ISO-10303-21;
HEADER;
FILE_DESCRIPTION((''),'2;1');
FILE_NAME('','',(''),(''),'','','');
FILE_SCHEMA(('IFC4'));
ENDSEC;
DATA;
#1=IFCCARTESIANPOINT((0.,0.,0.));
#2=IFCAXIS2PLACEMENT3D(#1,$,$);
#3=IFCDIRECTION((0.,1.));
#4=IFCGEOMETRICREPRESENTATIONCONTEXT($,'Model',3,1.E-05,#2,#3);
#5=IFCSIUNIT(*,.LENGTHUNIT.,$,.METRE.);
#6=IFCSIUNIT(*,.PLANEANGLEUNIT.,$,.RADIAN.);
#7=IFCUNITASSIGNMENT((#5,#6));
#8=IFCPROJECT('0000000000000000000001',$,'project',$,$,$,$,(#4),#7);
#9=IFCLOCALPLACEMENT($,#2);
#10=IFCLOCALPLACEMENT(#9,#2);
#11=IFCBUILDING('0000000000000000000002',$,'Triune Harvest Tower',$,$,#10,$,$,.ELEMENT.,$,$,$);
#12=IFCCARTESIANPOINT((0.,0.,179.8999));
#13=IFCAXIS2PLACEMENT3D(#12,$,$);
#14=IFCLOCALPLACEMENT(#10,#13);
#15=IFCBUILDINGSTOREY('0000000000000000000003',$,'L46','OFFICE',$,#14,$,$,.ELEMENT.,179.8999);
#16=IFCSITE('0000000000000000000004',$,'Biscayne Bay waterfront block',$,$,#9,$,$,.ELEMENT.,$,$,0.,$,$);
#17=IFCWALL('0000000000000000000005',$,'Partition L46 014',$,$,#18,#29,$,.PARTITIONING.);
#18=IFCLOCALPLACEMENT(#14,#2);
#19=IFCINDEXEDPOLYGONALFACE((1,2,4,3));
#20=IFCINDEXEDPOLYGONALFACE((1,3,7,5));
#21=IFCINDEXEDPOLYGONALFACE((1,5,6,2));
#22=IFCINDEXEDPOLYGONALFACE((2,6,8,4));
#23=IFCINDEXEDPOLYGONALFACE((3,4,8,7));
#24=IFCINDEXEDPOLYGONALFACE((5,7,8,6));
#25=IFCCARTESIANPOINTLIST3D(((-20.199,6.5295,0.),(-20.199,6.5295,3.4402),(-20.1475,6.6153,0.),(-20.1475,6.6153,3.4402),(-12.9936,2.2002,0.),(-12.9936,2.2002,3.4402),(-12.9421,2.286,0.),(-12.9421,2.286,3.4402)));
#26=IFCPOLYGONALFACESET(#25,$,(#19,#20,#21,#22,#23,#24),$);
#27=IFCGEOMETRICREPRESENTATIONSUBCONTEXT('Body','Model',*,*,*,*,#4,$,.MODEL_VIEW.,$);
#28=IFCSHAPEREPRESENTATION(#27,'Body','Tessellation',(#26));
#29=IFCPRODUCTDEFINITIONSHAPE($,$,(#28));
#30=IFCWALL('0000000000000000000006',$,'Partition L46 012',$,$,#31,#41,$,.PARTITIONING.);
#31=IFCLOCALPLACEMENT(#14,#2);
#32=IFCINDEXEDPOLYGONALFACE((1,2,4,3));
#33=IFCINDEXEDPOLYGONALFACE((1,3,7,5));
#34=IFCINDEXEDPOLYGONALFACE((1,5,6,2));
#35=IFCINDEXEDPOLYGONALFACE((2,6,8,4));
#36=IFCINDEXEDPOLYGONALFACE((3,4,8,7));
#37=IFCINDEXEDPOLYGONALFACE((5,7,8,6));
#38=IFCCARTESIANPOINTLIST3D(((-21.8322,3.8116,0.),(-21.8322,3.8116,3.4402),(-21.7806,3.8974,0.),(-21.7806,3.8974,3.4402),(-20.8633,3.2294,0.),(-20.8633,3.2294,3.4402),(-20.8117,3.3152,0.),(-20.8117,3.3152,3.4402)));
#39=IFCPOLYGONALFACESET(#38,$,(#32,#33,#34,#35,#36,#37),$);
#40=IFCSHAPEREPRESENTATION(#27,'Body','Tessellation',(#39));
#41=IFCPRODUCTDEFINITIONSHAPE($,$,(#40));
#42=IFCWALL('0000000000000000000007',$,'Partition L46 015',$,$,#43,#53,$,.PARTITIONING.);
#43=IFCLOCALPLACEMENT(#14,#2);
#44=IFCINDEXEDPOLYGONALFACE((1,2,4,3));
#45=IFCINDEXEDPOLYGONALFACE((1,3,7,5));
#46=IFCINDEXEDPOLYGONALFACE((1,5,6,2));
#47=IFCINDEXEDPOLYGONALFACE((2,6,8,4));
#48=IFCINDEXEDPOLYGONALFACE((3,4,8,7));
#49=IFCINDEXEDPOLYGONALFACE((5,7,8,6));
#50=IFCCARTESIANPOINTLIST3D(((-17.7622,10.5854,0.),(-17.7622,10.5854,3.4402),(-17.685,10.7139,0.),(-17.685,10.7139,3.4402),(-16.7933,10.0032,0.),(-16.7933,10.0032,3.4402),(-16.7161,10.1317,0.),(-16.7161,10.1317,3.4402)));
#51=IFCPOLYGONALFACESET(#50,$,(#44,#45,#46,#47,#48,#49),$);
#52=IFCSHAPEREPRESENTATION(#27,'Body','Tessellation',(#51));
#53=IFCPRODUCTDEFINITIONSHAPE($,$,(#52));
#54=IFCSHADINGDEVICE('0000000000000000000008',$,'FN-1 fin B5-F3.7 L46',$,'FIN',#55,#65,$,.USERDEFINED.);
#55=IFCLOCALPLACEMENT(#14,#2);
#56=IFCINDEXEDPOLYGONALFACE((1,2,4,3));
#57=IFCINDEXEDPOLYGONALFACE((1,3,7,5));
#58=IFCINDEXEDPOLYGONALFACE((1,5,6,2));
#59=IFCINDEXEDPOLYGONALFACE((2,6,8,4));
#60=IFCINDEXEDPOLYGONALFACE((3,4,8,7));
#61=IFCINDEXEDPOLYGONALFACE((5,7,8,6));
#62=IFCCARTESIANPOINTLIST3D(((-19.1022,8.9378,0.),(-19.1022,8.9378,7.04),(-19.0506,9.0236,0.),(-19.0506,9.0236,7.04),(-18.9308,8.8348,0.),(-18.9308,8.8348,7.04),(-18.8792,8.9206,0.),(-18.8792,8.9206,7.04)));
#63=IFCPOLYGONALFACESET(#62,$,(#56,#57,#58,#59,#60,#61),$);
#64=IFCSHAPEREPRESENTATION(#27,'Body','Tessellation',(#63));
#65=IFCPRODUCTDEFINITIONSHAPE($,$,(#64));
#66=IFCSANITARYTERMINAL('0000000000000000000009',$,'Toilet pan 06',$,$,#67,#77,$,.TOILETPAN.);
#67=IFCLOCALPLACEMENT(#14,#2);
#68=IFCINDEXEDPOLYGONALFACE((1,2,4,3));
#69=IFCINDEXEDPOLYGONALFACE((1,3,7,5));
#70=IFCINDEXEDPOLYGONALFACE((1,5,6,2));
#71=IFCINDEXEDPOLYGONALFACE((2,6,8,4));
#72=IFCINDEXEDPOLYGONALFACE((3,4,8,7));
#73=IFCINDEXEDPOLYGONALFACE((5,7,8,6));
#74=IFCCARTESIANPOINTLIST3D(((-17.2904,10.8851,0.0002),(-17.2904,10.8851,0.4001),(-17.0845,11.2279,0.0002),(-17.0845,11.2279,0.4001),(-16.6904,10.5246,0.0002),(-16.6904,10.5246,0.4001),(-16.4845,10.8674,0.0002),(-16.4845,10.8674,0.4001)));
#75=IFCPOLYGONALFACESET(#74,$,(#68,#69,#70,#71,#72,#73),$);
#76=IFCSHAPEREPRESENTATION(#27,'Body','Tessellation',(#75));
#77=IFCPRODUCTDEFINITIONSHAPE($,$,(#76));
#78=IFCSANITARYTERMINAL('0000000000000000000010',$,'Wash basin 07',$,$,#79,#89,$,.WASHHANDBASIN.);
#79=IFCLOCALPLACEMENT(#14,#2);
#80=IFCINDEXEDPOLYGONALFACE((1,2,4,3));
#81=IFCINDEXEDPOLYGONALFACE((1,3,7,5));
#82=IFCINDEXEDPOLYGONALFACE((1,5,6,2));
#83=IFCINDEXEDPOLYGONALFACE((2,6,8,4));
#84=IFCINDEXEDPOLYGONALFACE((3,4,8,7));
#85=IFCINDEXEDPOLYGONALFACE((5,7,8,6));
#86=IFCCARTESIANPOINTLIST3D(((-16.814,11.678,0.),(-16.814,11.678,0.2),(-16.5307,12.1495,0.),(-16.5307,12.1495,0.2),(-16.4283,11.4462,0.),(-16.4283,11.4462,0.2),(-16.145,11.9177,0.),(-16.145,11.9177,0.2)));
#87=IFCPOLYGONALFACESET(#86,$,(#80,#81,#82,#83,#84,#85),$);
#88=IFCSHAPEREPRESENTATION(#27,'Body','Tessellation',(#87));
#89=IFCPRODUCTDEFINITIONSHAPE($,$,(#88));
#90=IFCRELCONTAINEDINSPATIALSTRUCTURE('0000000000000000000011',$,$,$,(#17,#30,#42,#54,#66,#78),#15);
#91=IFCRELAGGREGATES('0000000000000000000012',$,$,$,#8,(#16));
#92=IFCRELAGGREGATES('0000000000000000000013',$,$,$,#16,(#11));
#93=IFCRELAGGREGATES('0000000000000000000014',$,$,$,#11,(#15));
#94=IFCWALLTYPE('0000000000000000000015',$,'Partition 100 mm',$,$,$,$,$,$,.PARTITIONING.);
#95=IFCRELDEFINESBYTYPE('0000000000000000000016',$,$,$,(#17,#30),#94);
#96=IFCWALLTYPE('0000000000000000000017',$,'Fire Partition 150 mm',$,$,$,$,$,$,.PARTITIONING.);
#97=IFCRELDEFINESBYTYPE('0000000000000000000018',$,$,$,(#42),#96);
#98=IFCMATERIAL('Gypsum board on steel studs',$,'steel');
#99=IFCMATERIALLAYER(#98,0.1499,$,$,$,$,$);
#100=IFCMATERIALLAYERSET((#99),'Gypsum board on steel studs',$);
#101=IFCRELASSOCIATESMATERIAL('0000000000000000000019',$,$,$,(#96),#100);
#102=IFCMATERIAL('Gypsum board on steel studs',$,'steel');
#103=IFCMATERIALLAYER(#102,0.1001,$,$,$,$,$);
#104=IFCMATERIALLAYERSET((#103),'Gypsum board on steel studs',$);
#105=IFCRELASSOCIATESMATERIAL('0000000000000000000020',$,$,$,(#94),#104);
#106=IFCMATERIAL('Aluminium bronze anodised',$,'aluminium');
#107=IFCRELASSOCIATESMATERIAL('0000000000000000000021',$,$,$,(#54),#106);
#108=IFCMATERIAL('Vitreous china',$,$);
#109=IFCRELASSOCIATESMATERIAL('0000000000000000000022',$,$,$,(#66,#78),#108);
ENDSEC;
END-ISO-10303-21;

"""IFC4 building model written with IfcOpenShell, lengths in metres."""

from ifc_helpers import new_model, si_unit, direction, frame, frame_2d, origin, origin_2d, place, context, subcontext, project, spatial, rectangle, extrude, source, transform, mapped, material, layer, layer_set, type_object, element, save


model = new_model("IFC4")

# Units and contexts
model_context = context("Model", 3, precision=1e-05, world=origin(), true_north=direction((0.0, 1.0)))
body_context = subcontext(model_context, "Body", "Model", "MODEL_VIEW")
ifc_project = project(units=[si_unit("LENGTHUNIT", "METRE"), si_unit("PLANEANGLEUNIT", "RADIAN")], contexts=[model_context])

# Site, building, storey
site_placement = place(None, origin())
site = spatial("IfcSite", under=ifc_project, at=site_placement, Name="Biscayne Bay waterfront block", CompositionType="ELEMENT", RefElevation=0.0)
building_placement = place(site_placement, origin())
building = spatial("IfcBuilding", under=site, at=building_placement, Name="Triune Harvest Tower", CompositionType="ELEMENT")
storey_placement = place(building_placement, frame((0.0, 0.0, 179.8999)))
storey = spatial("IfcBuildingStorey", under=building, at=storey_placement, Name="L46", Description="OFFICE", CompositionType="ELEMENT", Elevation=179.8999)

# Shared definitions
ifc_material_1 = material(Name="Gypsum board on steel studs", Category="steel")
ifc_layer_1 = layer(ifc_material_1, 0.1499)
ifc_layer_set_1 = layer_set([ifc_layer_1], Name="Gypsum board on steel studs")
wall_type_1 = type_object("IfcWallType", Name="Fire Partition 150 mm", PredefinedType="PARTITIONING", material=ifc_layer_set_1)

# Walls
ifc_material_2 = material(Name="Gypsum board on steel studs", Category="steel")
ifc_layer_2 = layer(ifc_material_2, 0.1001)
ifc_layer_set_2 = layer_set([ifc_layer_2], Name="Gypsum board on steel studs")
wall_type_2 = type_object("IfcWallType", Name="Partition 100 mm", PredefinedType="PARTITIONING", material=ifc_layer_set_2)
wall_1_placement = place(storey_placement, frame((-20.1733, 6.5725, 0.0), z_axis=(0.0, 0.0, 1.0), x_axis=(0.85717, -0.515034, 0.0)))
element("IfcWall", 1, at=wall_1_placement, inside=storey, type_object=wall_type_2, Name="Partition L46 014", PredefinedType="PARTITIONING", context=body_context, shape_type="SweptSolid", body=[
    extrude(rectangle(XDim=8.406, YDim=0.1001, at=frame_2d((4.2031, 0.0))), origin(), (0.0, 0.0, 1.0), 3.4402),
])
shared_shape_1 = source(origin(), body_context, "Body", "SweptSolid", [
    extrude(rectangle(XDim=1.1304, YDim=0.1001, at=frame_2d((0.5652, 0.0))), origin(), (0.0, 0.0, 1.0), 3.4402),
])
wall_2_placement = place(storey_placement, frame((-21.8064, 3.8545, 0.0), z_axis=(0.0, 0.0, 1.0), x_axis=(0.85715, -0.515067, 0.0)))
element("IfcWall", 2, at=wall_2_placement, inside=storey, type_object=wall_type_2, Name="Partition L46 012", PredefinedType="PARTITIONING", context=body_context, shape_type="MappedRepresentation", body=[
    mapped(shared_shape_1, transform((0.0, 0.0, 0.0), scale=1.0)),
])
shared_shape_2 = source(origin(), body_context, "Body", "SweptSolid", [
    extrude(rectangle(XDim=1.1304, YDim=0.1499, at=frame_2d((0.5652, 0.0))), origin(), (0.0, 0.0, 1.0), 3.4402),
])
wall_3_placement = place(storey_placement, frame((-17.7236, 10.6497, 0.0), z_axis=(0.0, 0.0, 1.0), x_axis=(0.85715, -0.515067, 0.0)))
element("IfcWall", 3, at=wall_3_placement, inside=storey, type_object=wall_type_1, Name="Partition L46 015", PredefinedType="PARTITIONING", context=body_context, shape_type="MappedRepresentation", body=[
    mapped(shared_shape_2, transform((0.0, 0.0, 0.0), scale=1.0)),
])

# Shading device
ifc_material_3 = material(Name="Aluminium bronze anodised", Category="aluminium")
shared_shape_3 = source(origin(), body_context, "Body", "SweptSolid", [
    extrude(rectangle(XDim=0.1001, YDim=0.2, at=origin_2d()), origin(), (0.0, 0.0, 1.0), 7.04),
])
shading_device_placement = place(storey_placement, frame((-18.9907, 8.9292, 0.0), z_axis=(0.0, 0.0, 1.0), x_axis=(-0.515037, -0.857168, 0.0)))
element("IfcShadingDevice", 4, at=shading_device_placement, inside=storey, material=ifc_material_3, Name="FN-1 fin B5-F3.7 L46", ObjectType="FIN", PredefinedType="USERDEFINED", context=body_context, shape_type="MappedRepresentation", body=[
    mapped(shared_shape_3, transform((0.0, 0.0, 0.0), scale=1.0)),
])

# Sanitary terminals
ifc_material_4 = material(Name="Vitreous china")
shared_shape_4 = source(origin(), body_context, "Body", "SweptSolid", [
    extrude(rectangle(XDim=0.3999, YDim=0.7, at=origin_2d()), origin(), (0.0, 0.0, 1.0), 0.3999),
])
sanitary_terminal_1_placement = place(storey_placement, frame((-16.8875, 10.8762, 0.0002), z_axis=(0.0, 0.0, 1.0), x_axis=(0.515008, 0.857185, 0.0)))
element("IfcSanitaryTerminal", 5, at=sanitary_terminal_1_placement, inside=storey, material=ifc_material_4, Name="Toilet pan 06", PredefinedType="TOILETPAN", context=body_context, shape_type="MappedRepresentation", body=[
    mapped(shared_shape_4, transform((0.0, 0.0, 0.0), scale=1.0)),
])
shared_shape_5 = source(origin(), body_context, "Body", "SweptSolid", [
    extrude(rectangle(XDim=0.55, YDim=0.45, at=origin_2d()), origin(), (0.0, 0.0, 1.0), 0.2),
])
sanitary_terminal_2_placement = place(storey_placement, frame((-16.4795, 11.7979, 0.0), z_axis=(0.0, 0.0, 1.0), x_axis=(0.515008, 0.857185, 0.0)))
element("IfcSanitaryTerminal", 6, at=sanitary_terminal_2_placement, inside=storey, material=ifc_material_4, Name="Wash basin 07", PredefinedType="WASHHANDBASIN", context=body_context, shape_type="MappedRepresentation", body=[
    mapped(shared_shape_5, transform((0.0, 0.0, 0.0), scale=1.0)),
])

save(model, "model.ifc")
